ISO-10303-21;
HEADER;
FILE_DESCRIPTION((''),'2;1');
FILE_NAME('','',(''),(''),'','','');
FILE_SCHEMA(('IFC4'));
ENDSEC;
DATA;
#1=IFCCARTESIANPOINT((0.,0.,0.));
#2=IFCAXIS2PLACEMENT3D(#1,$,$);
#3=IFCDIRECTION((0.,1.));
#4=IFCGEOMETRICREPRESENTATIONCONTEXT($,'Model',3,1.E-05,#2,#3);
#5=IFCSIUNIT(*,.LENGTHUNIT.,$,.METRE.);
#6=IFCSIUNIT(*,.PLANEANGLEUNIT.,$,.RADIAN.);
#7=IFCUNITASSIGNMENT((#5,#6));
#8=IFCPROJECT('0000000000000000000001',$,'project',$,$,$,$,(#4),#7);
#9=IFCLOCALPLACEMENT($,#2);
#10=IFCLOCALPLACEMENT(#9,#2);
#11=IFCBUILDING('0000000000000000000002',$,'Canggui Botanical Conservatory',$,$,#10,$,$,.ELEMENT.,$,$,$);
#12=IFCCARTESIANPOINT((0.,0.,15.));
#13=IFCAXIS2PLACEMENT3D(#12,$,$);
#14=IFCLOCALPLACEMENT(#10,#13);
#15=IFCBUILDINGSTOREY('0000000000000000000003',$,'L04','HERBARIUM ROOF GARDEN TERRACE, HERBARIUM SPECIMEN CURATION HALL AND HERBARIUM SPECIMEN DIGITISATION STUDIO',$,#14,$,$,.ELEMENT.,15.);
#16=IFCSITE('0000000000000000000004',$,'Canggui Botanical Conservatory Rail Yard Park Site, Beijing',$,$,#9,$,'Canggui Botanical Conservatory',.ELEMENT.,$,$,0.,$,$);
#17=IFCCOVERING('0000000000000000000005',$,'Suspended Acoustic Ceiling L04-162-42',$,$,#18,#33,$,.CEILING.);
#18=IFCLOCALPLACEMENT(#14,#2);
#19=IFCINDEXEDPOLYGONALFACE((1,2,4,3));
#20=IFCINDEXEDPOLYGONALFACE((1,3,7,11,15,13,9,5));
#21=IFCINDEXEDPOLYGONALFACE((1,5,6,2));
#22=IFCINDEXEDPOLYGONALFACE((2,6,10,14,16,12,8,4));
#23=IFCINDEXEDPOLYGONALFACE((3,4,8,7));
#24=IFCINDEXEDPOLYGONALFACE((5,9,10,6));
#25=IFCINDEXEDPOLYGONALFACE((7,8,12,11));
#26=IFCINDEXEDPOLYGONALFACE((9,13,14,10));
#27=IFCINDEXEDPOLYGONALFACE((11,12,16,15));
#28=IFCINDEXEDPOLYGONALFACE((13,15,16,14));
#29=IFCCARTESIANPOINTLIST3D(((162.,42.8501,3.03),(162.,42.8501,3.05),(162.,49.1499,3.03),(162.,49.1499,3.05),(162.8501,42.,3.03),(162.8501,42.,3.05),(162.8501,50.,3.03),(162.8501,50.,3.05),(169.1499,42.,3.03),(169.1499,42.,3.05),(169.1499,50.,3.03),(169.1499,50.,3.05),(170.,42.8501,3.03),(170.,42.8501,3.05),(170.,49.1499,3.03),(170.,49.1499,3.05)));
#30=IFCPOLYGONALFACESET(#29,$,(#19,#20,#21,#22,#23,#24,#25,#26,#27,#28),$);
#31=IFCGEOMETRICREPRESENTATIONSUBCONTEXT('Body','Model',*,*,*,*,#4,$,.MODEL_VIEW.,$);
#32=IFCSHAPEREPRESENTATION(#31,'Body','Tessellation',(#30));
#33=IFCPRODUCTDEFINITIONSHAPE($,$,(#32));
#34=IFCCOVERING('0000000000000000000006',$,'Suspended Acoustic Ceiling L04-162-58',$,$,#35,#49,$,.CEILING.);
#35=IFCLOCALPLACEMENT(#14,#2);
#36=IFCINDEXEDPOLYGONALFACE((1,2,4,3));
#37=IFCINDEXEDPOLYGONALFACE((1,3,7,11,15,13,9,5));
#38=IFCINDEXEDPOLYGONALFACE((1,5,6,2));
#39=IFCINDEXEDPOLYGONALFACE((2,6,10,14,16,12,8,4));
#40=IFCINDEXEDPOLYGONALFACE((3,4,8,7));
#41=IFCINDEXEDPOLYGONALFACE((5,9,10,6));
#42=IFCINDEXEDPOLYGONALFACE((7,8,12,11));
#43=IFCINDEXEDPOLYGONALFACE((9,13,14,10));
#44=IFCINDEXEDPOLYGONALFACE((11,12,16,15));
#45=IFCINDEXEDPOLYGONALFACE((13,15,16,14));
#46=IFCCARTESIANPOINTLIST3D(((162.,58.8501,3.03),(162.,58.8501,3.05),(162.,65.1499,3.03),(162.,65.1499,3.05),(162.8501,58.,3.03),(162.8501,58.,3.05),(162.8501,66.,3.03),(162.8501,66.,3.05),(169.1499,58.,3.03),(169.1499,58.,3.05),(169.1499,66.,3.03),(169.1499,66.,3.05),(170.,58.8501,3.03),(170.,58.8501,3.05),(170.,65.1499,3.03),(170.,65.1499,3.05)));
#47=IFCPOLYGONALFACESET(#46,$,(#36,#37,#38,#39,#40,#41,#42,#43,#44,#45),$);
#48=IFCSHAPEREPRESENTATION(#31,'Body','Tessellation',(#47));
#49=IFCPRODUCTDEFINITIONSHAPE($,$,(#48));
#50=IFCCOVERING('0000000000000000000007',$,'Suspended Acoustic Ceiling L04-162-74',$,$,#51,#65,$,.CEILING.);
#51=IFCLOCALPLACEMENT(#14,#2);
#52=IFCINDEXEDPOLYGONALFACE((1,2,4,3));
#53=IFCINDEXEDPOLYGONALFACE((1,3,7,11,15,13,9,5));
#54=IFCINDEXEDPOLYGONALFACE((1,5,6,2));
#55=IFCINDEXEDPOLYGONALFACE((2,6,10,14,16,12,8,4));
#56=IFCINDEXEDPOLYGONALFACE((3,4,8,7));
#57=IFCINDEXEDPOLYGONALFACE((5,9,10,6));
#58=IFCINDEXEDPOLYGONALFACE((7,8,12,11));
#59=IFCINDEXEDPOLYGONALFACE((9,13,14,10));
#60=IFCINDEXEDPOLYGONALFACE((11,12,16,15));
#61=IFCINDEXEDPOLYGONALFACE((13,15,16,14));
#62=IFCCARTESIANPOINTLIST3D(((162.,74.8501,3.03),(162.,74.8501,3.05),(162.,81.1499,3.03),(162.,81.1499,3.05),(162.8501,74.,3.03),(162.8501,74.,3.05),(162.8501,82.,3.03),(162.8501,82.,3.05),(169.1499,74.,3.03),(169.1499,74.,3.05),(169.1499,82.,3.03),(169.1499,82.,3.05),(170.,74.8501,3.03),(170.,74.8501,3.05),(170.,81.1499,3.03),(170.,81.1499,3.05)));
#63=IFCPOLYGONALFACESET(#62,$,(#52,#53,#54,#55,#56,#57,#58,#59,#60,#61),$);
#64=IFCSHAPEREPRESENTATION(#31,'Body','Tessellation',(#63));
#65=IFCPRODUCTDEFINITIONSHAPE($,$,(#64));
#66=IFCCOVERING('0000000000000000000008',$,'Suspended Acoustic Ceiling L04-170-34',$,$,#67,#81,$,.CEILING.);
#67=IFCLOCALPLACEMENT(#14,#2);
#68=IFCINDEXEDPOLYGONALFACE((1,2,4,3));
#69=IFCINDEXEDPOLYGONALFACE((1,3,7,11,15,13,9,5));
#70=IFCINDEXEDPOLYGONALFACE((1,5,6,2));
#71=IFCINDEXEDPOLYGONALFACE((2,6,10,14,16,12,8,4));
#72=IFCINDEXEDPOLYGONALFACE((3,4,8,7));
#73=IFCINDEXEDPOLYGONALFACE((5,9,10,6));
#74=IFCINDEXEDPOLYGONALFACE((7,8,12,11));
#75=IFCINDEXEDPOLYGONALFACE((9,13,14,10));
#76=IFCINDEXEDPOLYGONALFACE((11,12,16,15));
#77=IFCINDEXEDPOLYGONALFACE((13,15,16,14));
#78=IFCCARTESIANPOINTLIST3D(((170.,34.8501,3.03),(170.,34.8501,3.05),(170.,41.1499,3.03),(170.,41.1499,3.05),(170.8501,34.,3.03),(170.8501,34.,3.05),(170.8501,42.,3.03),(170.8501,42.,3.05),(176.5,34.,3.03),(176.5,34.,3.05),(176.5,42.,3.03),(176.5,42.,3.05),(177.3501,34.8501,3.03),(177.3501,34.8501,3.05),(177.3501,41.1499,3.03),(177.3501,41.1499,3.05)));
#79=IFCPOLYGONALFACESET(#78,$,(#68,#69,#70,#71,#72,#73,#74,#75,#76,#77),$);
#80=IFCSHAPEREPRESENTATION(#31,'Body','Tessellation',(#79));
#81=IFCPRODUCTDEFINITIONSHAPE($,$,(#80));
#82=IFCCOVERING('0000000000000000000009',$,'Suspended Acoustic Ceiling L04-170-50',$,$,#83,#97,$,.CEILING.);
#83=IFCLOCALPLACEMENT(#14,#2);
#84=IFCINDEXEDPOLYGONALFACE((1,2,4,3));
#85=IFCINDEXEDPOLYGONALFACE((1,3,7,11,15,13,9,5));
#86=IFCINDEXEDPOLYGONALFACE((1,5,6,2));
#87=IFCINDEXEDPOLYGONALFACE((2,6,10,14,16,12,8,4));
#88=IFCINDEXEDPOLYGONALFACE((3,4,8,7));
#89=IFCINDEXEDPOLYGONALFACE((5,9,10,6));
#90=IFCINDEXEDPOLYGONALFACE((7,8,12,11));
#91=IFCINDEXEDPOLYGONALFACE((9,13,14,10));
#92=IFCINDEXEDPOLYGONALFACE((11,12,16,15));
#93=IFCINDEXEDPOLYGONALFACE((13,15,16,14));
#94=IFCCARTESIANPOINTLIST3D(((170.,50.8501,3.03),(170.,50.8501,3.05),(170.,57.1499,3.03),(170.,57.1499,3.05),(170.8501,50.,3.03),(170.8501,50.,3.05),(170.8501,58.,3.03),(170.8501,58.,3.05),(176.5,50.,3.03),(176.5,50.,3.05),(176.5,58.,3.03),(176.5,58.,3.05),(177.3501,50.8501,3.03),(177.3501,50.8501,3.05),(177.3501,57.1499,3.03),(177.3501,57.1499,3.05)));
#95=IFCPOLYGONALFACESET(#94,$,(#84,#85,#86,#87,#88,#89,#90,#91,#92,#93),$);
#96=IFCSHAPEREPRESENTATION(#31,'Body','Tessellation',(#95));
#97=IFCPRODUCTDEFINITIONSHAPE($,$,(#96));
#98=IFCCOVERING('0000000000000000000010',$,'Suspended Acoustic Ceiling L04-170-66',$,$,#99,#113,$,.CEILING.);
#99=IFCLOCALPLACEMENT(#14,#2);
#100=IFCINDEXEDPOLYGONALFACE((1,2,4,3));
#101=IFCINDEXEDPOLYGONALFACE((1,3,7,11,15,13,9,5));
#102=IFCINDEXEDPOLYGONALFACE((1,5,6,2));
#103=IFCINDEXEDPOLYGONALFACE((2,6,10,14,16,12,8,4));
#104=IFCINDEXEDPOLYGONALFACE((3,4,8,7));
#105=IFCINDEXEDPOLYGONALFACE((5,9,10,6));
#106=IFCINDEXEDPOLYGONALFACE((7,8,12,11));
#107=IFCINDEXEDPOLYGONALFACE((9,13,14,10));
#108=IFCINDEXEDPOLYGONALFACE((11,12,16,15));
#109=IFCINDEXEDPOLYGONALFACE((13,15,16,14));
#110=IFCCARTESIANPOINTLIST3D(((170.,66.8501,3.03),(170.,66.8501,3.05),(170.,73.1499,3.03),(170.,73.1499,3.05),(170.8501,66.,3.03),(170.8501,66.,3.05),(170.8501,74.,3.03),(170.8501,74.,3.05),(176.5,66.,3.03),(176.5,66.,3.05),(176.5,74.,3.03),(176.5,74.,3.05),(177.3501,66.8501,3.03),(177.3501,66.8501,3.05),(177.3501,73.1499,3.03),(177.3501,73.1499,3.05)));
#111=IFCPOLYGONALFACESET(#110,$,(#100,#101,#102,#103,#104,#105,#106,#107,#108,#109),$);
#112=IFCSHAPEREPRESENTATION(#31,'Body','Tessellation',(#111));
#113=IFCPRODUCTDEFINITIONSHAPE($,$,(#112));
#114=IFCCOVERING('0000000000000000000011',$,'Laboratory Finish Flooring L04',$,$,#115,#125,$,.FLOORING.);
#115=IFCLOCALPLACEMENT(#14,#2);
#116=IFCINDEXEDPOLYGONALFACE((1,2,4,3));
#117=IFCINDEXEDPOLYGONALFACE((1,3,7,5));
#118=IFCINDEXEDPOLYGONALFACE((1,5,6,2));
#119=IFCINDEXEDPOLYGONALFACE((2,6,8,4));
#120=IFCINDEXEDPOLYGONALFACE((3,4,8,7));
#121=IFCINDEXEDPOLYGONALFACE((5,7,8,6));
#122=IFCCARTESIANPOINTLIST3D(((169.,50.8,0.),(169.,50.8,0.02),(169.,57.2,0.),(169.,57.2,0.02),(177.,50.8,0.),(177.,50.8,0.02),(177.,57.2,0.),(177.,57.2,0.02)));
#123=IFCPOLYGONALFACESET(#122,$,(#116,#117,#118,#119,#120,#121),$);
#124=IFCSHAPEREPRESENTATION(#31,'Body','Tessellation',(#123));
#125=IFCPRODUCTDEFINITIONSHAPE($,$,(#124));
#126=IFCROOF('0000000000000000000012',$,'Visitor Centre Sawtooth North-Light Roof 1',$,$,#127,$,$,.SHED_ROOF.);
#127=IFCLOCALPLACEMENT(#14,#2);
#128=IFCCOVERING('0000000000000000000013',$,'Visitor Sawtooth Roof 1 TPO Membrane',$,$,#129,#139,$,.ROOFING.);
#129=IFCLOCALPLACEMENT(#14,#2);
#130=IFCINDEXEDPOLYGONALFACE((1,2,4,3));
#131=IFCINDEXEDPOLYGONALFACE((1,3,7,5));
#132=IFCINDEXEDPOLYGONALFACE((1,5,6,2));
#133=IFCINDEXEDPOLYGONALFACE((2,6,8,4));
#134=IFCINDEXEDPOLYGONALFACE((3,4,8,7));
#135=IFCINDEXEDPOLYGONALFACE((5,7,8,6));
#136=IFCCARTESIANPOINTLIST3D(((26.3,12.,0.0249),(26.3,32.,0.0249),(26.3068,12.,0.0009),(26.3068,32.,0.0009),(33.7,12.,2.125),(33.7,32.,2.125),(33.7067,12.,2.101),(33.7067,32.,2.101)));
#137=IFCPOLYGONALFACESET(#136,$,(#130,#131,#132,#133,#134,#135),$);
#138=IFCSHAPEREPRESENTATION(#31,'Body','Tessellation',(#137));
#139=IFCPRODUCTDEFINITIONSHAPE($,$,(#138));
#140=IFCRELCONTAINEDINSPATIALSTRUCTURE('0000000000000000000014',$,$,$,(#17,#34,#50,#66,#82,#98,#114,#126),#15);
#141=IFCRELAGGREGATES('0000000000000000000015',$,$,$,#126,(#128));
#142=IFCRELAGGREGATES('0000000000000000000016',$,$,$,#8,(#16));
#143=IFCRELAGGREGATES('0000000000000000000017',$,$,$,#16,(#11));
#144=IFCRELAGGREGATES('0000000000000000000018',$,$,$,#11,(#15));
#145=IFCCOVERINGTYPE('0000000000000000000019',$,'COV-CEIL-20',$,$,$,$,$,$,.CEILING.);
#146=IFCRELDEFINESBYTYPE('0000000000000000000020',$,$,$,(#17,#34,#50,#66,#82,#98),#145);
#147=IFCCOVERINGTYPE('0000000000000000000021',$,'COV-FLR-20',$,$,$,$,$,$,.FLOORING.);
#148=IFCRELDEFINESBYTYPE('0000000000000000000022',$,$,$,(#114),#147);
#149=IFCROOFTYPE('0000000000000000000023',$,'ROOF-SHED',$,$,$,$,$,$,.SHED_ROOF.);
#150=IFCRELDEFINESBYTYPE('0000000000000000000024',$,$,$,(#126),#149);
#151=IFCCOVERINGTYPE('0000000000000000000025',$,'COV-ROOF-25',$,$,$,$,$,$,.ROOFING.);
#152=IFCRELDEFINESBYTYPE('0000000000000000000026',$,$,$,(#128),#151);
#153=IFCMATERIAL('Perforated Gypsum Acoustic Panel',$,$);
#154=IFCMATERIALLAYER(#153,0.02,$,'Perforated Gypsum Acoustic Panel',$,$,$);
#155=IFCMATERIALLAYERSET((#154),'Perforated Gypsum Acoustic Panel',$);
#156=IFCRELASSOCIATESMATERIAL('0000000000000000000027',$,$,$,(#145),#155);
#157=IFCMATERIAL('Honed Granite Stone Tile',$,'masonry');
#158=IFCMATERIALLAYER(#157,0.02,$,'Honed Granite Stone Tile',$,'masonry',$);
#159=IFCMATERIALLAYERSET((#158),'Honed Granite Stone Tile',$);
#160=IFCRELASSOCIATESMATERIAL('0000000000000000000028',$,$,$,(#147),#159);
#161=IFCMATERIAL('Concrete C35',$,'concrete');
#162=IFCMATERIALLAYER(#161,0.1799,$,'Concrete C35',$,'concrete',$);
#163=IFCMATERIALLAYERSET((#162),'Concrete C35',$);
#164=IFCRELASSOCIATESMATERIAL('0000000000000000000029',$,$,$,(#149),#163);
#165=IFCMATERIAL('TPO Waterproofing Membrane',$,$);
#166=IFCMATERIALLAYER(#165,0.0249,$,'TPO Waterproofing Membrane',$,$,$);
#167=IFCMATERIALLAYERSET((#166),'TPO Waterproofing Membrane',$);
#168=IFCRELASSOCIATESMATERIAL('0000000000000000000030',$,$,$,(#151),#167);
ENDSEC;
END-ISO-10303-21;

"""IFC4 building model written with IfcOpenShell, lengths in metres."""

from ifc_helpers import new_model, si_unit, direction, frame, origin, place, context, subcontext, project, spatial, polyline, outline, extrude, material, layer, layer_set, type_object, element, aggregate, save


model = new_model("IFC4")

# Units and contexts
model_context = context("Model", 3, precision=1e-05, world=origin(), true_north=direction((0.0, 1.0)))
body_context = subcontext(model_context, "Body", "Model", "MODEL_VIEW")
ifc_project = project(units=[si_unit("LENGTHUNIT", "METRE"), si_unit("PLANEANGLEUNIT", "RADIAN")], contexts=[model_context])

# Site, building, storey
site_placement = place(None, origin())
site = spatial("IfcSite", under=ifc_project, at=site_placement, Name="Canggui Botanical Conservatory Rail Yard Park Site, Beijing", LongName="Canggui Botanical Conservatory", CompositionType="ELEMENT", RefElevation=0.0)
building_placement = place(site_placement, origin())
building = spatial("IfcBuilding", under=site, at=building_placement, Name="Canggui Botanical Conservatory", CompositionType="ELEMENT")
storey_placement = place(building_placement, frame((0.0, 0.0, 15.0)))
storey = spatial("IfcBuildingStorey", under=building, at=storey_placement, Name="L04", Description="HERBARIUM ROOF GARDEN TERRACE, HERBARIUM SPECIMEN CURATION HALL AND HERBARIUM SPECIMEN DIGITISATION STUDIO", CompositionType="ELEMENT", Elevation=15.0)

# Shared definitions
ifc_material_1 = material(Name="Concrete C35", Category="concrete")

# Coverings
ifc_material_2 = material(Name="Perforated Gypsum Acoustic Panel")
ifc_layer_1 = layer(ifc_material_2, 0.02, Name="Perforated Gypsum Acoustic Panel")
ifc_layer_set_1 = layer_set([ifc_layer_1], Name="Perforated Gypsum Acoustic Panel")
covering_type_1 = type_object("IfcCoveringType", Name="COV-CEIL-20", PredefinedType="CEILING", material=ifc_layer_set_1)
covering_1_placement = place(storey_placement, frame((0.0, 0.0, 3.03)))
element("IfcCovering", 1, at=covering_1_placement, inside=storey, type_object=covering_type_1, Name="Suspended Acoustic Ceiling L04-162-42", PredefinedType="CEILING", context=body_context, shape_type="SweptSolid", body=[
    extrude(outline(polyline([(162.8501, 42.0), (169.1499, 42.0), (170.0, 42.8501), (170.0, 49.1499), (169.1499, 50.0), (162.8501, 50.0), (162.0, 49.1499), (162.0, 42.8501), (162.8501, 42.0)])), origin(), (0.0, 0.0, 1.0), 0.02),
])
covering_2_placement = place(storey_placement, frame((0.0, 0.0, 3.03)))
element("IfcCovering", 2, at=covering_2_placement, inside=storey, type_object=covering_type_1, Name="Suspended Acoustic Ceiling L04-162-58", PredefinedType="CEILING", context=body_context, shape_type="SweptSolid", body=[
    extrude(outline(polyline([(162.8501, 58.0), (169.1499, 58.0), (170.0, 58.8501), (170.0, 65.1499), (169.1499, 66.0), (162.8501, 66.0), (162.0, 65.1499), (162.0, 58.8501), (162.8501, 58.0)])), origin(), (0.0, 0.0, 1.0), 0.02),
])
covering_3_placement = place(storey_placement, frame((0.0, 0.0, 3.03)))
element("IfcCovering", 3, at=covering_3_placement, inside=storey, type_object=covering_type_1, Name="Suspended Acoustic Ceiling L04-162-74", PredefinedType="CEILING", context=body_context, shape_type="SweptSolid", body=[
    extrude(outline(polyline([(162.8501, 74.0), (169.1499, 74.0), (170.0, 74.8501), (170.0, 81.1499), (169.1499, 82.0), (162.8501, 82.0), (162.0, 81.1499), (162.0, 74.8501), (162.8501, 74.0)])), origin(), (0.0, 0.0, 1.0), 0.02),
])
covering_4_placement = place(storey_placement, frame((0.0, 0.0, 3.03)))
element("IfcCovering", 4, at=covering_4_placement, inside=storey, type_object=covering_type_1, Name="Suspended Acoustic Ceiling L04-170-34", PredefinedType="CEILING", context=body_context, shape_type="SweptSolid", body=[
    extrude(outline(polyline([(170.8501, 34.0), (176.5, 34.0), (177.3501, 34.8501), (177.3501, 41.1499), (176.5, 42.0), (170.8501, 42.0), (170.0, 41.1499), (170.0, 34.8501), (170.8501, 34.0)])), origin(), (0.0, 0.0, 1.0), 0.02),
])
covering_5_placement = place(storey_placement, frame((0.0, 0.0, 3.03)))
element("IfcCovering", 5, at=covering_5_placement, inside=storey, type_object=covering_type_1, Name="Suspended Acoustic Ceiling L04-170-50", PredefinedType="CEILING", context=body_context, shape_type="SweptSolid", body=[
    extrude(outline(polyline([(170.8501, 50.0), (176.5, 50.0), (177.3501, 50.8501), (177.3501, 57.1499), (176.5, 58.0), (170.8501, 58.0), (170.0, 57.1499), (170.0, 50.8501), (170.8501, 50.0)])), origin(), (0.0, 0.0, 1.0), 0.02),
])
covering_6_placement = place(storey_placement, frame((0.0, 0.0, 3.03)))
element("IfcCovering", 6, at=covering_6_placement, inside=storey, type_object=covering_type_1, Name="Suspended Acoustic Ceiling L04-170-66", PredefinedType="CEILING", context=body_context, shape_type="SweptSolid", body=[
    extrude(outline(polyline([(170.8501, 66.0), (176.5, 66.0), (177.3501, 66.8501), (177.3501, 73.1499), (176.5, 74.0), (170.8501, 74.0), (170.0, 73.1499), (170.0, 66.8501), (170.8501, 66.0)])), origin(), (0.0, 0.0, 1.0), 0.02),
])
ifc_material_3 = material(Name="Honed Granite Stone Tile", Category="masonry")
ifc_layer_2 = layer(ifc_material_3, 0.02, Name="Honed Granite Stone Tile", Category="masonry")
ifc_layer_set_2 = layer_set([ifc_layer_2], Name="Honed Granite Stone Tile")
covering_type_2 = type_object("IfcCoveringType", Name="COV-FLR-20", PredefinedType="FLOORING", material=ifc_layer_set_2)
covering_7_placement = place(storey_placement, origin())
element("IfcCovering", 7, at=covering_7_placement, inside=storey, type_object=covering_type_2, Name="Laboratory Finish Flooring L04", PredefinedType="FLOORING", context=body_context, shape_type="SweptSolid", body=[
    extrude(outline(polyline([(169.0, 50.8), (177.0, 50.8), (177.0, 57.2), (169.0, 57.2), (169.0, 50.8)])), origin(), (0.0, 0.0, 1.0), 0.02),
])

# Roof, covering
ifc_layer_3 = layer(ifc_material_1, 0.1799, Name="Concrete C35", Category="concrete")
ifc_layer_set_3 = layer_set([ifc_layer_3], Name="Concrete C35")
roof_type = type_object("IfcRoofType", Name="ROOF-SHED", PredefinedType="SHED_ROOF", material=ifc_layer_set_3)
roof_placement = place(storey_placement, origin())
roof = element("IfcRoof", 8, at=roof_placement, inside=storey, type_object=roof_type, Name="Visitor Centre Sawtooth North-Light Roof 1", PredefinedType="SHED_ROOF")
ifc_material_4 = material(Name="TPO Waterproofing Membrane")
ifc_layer_4 = layer(ifc_material_4, 0.0249, Name="TPO Waterproofing Membrane")
ifc_layer_set_4 = layer_set([ifc_layer_4], Name="TPO Waterproofing Membrane")
covering_type_3 = type_object("IfcCoveringType", Name="COV-ROOF-25", PredefinedType="ROOFING", material=ifc_layer_set_4)
covering_8_placement = place(storey_placement, frame((26.3, 12.0, 0.0249), z_axis=(-0.273019, 0.0, 0.962009), x_axis=(0.962009, 0.0, 0.273019)))
covering_8 = element("IfcCovering", 9, at=covering_8_placement, type_object=covering_type_3, Name="Visitor Sawtooth Roof 1 TPO Membrane", PredefinedType="ROOFING", context=body_context, shape_type="SweptSolid", body=[
    extrude(outline(polyline([(0.0, 0.0), (7.6921, 0.0), (7.6921, 20.0), (0.0, 20.0), (0.0, 0.0)])), origin(), (0.0, 0.0, -1.0), 0.0249),
])
aggregate(roof, [covering_8])

save(model, "model.ifc")
